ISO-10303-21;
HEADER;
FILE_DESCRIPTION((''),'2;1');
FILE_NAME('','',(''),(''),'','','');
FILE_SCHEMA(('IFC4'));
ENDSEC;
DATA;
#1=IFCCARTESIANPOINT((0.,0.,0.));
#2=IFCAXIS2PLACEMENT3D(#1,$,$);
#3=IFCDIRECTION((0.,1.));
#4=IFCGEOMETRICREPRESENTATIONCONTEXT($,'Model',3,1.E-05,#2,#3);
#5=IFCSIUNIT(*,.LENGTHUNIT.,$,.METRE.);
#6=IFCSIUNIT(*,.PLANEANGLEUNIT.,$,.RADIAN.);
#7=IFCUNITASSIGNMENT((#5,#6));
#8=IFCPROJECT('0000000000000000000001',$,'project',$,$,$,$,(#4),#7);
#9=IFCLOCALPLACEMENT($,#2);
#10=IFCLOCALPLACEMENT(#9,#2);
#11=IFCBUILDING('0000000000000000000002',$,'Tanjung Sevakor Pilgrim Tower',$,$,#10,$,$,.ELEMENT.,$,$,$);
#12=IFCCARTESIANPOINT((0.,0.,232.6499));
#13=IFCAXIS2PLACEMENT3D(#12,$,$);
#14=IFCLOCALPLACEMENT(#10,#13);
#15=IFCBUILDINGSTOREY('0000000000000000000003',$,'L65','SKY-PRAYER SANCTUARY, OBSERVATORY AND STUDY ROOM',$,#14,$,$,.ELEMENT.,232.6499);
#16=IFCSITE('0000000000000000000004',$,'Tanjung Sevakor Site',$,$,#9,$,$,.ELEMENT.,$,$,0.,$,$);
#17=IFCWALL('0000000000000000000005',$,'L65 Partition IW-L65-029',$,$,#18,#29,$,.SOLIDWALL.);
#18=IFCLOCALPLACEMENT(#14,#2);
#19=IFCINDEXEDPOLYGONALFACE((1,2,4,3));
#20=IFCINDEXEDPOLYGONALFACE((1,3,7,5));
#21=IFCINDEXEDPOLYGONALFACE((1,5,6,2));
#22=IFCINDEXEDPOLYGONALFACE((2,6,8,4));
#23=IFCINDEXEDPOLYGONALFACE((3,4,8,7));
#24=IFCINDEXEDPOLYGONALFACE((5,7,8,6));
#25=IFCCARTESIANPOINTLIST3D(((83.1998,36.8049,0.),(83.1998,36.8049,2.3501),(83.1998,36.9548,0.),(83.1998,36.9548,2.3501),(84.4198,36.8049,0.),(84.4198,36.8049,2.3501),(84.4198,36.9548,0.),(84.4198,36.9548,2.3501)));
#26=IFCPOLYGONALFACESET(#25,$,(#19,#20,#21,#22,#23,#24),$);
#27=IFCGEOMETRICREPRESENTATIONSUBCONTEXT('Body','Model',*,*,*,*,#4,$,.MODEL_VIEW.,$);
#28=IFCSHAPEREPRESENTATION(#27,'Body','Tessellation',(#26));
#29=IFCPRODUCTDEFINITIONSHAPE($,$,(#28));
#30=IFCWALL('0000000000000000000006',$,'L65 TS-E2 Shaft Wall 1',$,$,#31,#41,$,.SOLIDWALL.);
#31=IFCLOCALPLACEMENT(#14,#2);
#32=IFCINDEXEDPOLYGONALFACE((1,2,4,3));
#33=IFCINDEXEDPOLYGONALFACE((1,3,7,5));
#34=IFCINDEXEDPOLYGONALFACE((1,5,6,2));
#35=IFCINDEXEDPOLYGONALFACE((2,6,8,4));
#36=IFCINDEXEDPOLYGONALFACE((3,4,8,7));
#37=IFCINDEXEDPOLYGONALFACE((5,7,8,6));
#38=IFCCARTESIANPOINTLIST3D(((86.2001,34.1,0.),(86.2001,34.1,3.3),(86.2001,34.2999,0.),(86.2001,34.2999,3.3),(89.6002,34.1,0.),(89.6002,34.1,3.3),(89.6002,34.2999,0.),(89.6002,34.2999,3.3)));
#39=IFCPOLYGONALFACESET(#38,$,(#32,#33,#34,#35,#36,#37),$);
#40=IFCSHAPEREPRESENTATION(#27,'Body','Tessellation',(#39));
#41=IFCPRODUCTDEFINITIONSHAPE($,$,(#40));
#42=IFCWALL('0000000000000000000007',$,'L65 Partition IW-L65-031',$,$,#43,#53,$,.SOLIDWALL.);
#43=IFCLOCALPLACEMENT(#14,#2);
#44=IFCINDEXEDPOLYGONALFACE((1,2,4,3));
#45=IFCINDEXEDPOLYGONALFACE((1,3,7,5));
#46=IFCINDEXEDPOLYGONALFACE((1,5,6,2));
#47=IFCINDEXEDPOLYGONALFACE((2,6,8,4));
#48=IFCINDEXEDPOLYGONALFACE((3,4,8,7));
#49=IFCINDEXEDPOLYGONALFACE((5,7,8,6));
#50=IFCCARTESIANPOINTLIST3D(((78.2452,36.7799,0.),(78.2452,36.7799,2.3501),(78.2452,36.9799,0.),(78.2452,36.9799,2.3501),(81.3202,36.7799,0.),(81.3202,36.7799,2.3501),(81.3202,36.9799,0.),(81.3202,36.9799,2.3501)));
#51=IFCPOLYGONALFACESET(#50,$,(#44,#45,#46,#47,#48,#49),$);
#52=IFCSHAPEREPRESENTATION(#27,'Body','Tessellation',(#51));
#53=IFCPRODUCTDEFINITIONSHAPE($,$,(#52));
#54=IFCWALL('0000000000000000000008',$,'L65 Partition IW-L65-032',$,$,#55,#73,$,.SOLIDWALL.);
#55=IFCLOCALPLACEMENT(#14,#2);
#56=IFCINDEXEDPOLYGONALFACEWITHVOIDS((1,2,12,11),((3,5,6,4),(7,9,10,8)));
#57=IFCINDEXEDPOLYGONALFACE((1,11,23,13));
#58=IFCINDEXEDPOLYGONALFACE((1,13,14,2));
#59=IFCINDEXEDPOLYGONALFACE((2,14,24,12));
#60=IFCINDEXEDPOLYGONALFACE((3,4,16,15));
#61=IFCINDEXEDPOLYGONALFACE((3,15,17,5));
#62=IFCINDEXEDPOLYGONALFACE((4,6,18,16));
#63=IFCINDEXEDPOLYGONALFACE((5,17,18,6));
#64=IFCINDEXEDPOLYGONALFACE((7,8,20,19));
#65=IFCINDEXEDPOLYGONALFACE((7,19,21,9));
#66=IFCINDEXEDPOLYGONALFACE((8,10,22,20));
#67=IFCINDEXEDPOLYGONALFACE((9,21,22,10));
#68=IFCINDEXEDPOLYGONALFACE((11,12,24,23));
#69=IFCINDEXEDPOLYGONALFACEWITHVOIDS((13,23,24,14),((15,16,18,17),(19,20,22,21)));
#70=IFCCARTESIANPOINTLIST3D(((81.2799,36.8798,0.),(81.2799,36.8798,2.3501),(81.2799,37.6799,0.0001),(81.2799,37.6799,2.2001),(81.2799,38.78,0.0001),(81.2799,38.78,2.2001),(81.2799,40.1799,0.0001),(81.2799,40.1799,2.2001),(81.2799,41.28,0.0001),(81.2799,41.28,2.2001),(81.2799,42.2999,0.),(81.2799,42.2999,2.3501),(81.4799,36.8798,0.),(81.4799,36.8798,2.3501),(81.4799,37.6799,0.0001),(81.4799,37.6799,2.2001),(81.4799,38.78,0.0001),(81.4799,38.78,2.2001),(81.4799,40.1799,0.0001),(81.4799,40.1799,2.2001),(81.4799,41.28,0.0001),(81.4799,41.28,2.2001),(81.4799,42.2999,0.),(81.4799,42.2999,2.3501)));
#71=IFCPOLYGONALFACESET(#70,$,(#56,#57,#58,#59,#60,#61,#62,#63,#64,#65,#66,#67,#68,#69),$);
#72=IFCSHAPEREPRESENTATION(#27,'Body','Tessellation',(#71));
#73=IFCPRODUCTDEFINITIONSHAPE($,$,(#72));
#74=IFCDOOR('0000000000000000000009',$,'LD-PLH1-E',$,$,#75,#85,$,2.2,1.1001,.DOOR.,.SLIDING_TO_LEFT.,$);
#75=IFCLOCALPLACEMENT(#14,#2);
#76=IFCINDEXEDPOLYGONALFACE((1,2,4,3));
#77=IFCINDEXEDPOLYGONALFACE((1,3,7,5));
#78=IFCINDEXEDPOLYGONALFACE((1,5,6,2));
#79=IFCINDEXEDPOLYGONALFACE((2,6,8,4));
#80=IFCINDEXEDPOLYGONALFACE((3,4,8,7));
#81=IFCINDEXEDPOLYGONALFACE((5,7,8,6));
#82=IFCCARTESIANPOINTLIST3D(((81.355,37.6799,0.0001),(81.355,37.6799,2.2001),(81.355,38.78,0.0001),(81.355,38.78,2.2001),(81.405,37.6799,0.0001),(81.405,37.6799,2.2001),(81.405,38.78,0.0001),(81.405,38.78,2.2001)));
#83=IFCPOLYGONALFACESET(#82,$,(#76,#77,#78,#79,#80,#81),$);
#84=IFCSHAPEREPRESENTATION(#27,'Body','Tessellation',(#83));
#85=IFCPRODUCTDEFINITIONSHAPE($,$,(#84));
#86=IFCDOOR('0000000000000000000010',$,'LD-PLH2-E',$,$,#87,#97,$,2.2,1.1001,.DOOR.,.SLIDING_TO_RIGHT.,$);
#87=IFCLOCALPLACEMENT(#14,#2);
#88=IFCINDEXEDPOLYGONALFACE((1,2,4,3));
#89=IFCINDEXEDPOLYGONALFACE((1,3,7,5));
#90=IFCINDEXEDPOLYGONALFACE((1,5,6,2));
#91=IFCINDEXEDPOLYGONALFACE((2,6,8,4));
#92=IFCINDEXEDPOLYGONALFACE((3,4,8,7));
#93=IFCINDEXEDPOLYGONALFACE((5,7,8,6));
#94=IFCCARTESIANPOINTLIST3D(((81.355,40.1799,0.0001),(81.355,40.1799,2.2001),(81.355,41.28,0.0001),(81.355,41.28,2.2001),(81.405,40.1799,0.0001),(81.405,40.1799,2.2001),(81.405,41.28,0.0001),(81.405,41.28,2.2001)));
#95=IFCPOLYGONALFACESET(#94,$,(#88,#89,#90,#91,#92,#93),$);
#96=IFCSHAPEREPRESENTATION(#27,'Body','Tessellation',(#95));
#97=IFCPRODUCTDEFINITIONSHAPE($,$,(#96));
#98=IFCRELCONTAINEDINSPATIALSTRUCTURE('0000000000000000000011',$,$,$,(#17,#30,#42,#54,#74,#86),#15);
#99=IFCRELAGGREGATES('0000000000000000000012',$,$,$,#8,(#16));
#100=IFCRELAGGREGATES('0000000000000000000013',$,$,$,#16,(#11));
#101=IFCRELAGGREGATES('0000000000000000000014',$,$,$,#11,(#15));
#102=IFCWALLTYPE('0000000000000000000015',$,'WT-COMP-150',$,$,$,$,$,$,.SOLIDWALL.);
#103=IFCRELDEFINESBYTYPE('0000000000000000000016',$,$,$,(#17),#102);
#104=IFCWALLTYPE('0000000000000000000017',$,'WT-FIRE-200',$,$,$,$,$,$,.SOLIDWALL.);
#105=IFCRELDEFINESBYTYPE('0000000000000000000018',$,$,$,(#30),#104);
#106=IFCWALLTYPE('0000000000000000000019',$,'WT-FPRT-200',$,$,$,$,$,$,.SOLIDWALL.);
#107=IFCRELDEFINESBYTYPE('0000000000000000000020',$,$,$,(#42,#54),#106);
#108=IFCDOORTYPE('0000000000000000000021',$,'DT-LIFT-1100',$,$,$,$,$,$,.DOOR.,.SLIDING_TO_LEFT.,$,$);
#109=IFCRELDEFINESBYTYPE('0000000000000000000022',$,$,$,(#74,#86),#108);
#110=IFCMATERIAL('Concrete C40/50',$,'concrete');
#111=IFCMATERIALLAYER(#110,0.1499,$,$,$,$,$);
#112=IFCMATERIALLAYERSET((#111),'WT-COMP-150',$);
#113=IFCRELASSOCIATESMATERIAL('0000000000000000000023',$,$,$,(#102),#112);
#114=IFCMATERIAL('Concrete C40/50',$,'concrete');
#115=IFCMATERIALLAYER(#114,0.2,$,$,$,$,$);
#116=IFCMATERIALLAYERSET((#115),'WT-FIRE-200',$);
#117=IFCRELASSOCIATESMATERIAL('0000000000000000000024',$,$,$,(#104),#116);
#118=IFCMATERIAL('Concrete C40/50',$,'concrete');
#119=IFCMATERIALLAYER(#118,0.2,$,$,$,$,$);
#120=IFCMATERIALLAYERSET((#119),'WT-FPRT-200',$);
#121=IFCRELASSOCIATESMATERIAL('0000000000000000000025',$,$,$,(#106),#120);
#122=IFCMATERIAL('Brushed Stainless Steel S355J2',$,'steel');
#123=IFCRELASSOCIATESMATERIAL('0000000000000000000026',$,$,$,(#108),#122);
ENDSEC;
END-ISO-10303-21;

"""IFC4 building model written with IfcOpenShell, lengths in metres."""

from ifc_helpers import new_model, si_unit, direction, frame, frame_2d, origin, place, context, subcontext, project, spatial, rectangle, extrude, material, layer, layer_set, type_object, element, fill, save


model = new_model("IFC4")

# Units and contexts
model_context = context("Model", 3, precision=1e-05, world=origin(), true_north=direction((0.0, 1.0)))
body_context = subcontext(model_context, "Body", "Model", "MODEL_VIEW")
ifc_project = project(units=[si_unit("LENGTHUNIT", "METRE"), si_unit("PLANEANGLEUNIT", "RADIAN")], contexts=[model_context])

# Site, building, storey
site_placement = place(None, origin())
site = spatial("IfcSite", under=ifc_project, at=site_placement, Name="Tanjung Sevakor Site", CompositionType="ELEMENT", RefElevation=0.0)
building_placement = place(site_placement, origin())
building = spatial("IfcBuilding", under=site, at=building_placement, Name="Tanjung Sevakor Pilgrim Tower", CompositionType="ELEMENT")
storey_placement = place(building_placement, frame((0.0, 0.0, 232.6499)))
storey = spatial("IfcBuildingStorey", under=building, at=storey_placement, Name="L65", Description="SKY-PRAYER SANCTUARY, OBSERVATORY AND STUDY ROOM", CompositionType="ELEMENT", Elevation=232.6499)

# Shared definitions
ifc_material_1 = material(Name="Concrete C40/50", Category="concrete")
ifc_layer_1 = layer(ifc_material_1, 0.1499)
ifc_layer_set_1 = layer_set([ifc_layer_1], Name="WT-COMP-150")
wall_type_1 = type_object("IfcWallType", Name="WT-COMP-150", PredefinedType="SOLIDWALL", material=ifc_layer_set_1)

# Wall
wall_1_placement = place(storey_placement, frame((83.2, 36.8799, 0.0), z_axis=(0.0, 0.0, 1.0), x_axis=(1.0, 0.0, 0.0)))
element("IfcWall", 1, at=wall_1_placement, inside=storey, type_object=wall_type_1, Name="L65 Partition IW-L65-029", PredefinedType="SOLIDWALL", context=body_context, shape_type="SweptSolid", body=[
    extrude(rectangle(XDim=1.22, YDim=0.1499, at=frame_2d((0.6099, 0.0))), origin(), (0.0, 0.0, 1.0), 2.3501),
])

# Walls
ifc_material_2 = material(Name="Concrete C40/50", Category="concrete")
ifc_layer_2 = layer(ifc_material_2, 0.2)
ifc_layer_set_2 = layer_set([ifc_layer_2], Name="WT-FIRE-200")
wall_type_2 = type_object("IfcWallType", Name="WT-FIRE-200", PredefinedType="SOLIDWALL", material=ifc_layer_set_2)
wall_2_placement = place(storey_placement, frame((86.2, 34.2, 0.0), z_axis=(0.0, 0.0, 1.0), x_axis=(1.0, 0.0, 0.0)))
element("IfcWall", 2, at=wall_2_placement, inside=storey, type_object=wall_type_2, Name="L65 TS-E2 Shaft Wall 1", PredefinedType="SOLIDWALL", context=body_context, shape_type="SweptSolid", body=[
    extrude(rectangle(XDim=3.4001, YDim=0.2, at=frame_2d((1.7002, 0.0))), origin(), (0.0, 0.0, 1.0), 3.3),
])
ifc_material_3 = material(Name="Concrete C40/50", Category="concrete")
ifc_layer_3 = layer(ifc_material_3, 0.2)
ifc_layer_set_3 = layer_set([ifc_layer_3], Name="WT-FPRT-200")
wall_type_3 = type_object("IfcWallType", Name="WT-FPRT-200", PredefinedType="SOLIDWALL", material=ifc_layer_set_3)
wall_3_placement = place(storey_placement, frame((78.2451, 36.8799, 0.0), z_axis=(0.0, 0.0, 1.0), x_axis=(1.0, 0.0, 0.0)))
element("IfcWall", 3, at=wall_3_placement, inside=storey, type_object=wall_type_3, Name="L65 Partition IW-L65-031", PredefinedType="SOLIDWALL", context=body_context, shape_type="SweptSolid", body=[
    extrude(rectangle(XDim=3.075, YDim=0.2, at=frame_2d((1.5376, 0.0))), origin(), (0.0, 0.0, 1.0), 2.3501),
])

# Wall, openings, doors
wall_4_placement = place(storey_placement, frame((81.3799, 36.8799, 0.0), z_axis=(0.0, 0.0, 1.0), x_axis=(0.0, 1.0, 0.0)))
wall_4 = element("IfcWall", 4, at=wall_4_placement, inside=storey, type_object=wall_type_3, Name="L65 Partition IW-L65-032", PredefinedType="SOLIDWALL", context=body_context, shape_type="SweptSolid", body=[
    extrude(rectangle(XDim=5.4202, YDim=0.2, at=frame_2d((2.71, 0.0))), origin(), (0.0, 0.0, 1.0), 2.3501),
])
opening_1_placement = place(wall_4_placement, frame((0.8, 0.0, 0.0)))
opening_1 = element("IfcOpeningElement", 5, at=opening_1_placement, cuts=wall_4, PredefinedType="OPENING", context=body_context, shape_type="SweptSolid", body=[
    extrude(rectangle(XDim=1.1001, YDim=2.2, at=frame_2d((0.55, 1.1001))), frame((0.0, 0.1099, 0.0), z_axis=(0.0, -1.0, 0.0), x_axis=(1.0, 0.0, 0.0)), (0.0, 0.0, 1.0), 0.22),
])
opening_2_placement = place(wall_4_placement, frame((3.3, 0.0, 0.0)))
opening_2 = element("IfcOpeningElement", 6, at=opening_2_placement, cuts=wall_4, PredefinedType="OPENING", context=body_context, shape_type="SweptSolid", body=[
    extrude(rectangle(XDim=1.1001, YDim=2.2, at=frame_2d((0.55, 1.1001))), frame((0.0, 0.1099, 0.0), z_axis=(0.0, -1.0, 0.0), x_axis=(1.0, 0.0, 0.0)), (0.0, 0.0, 1.0), 0.22),
])
ifc_material_4 = material(Name="Brushed Stainless Steel S355J2", Category="steel")
door_type_1 = type_object("IfcDoorType", Name="DT-LIFT-1100", OperationType="SLIDING_TO_LEFT", PredefinedType="DOOR", material=ifc_material_4)
door_1_placement = place(opening_1_placement, origin())
door_1 = element("IfcDoor", 7, at=door_1_placement, inside=storey, type_object=door_type_1, Name="LD-PLH1-E", OperationType="SLIDING_TO_LEFT", OverallHeight=2.2, OverallWidth=1.1001, PredefinedType="DOOR", context=body_context, shape_type="SweptSolid", body=[
    extrude(rectangle(XDim=1.1001, YDim=2.2, at=frame_2d((0.55, 1.1001))), frame((0.0, 0.0249, 0.0), z_axis=(0.0, -1.0, 0.0), x_axis=(1.0, 0.0, 0.0)), (0.0, 0.0, 1.0), 0.05),
])
fill(opening_1, door_1)
door_2_placement = place(opening_2_placement, origin())
door_2 = element("IfcDoor", 8, at=door_2_placement, inside=storey, type_object=door_type_1, Name="LD-PLH2-E", OperationType="SLIDING_TO_RIGHT", OverallHeight=2.2, OverallWidth=1.1001, PredefinedType="DOOR", context=body_context, shape_type="SweptSolid", body=[
    extrude(rectangle(XDim=1.1001, YDim=2.2, at=frame_2d((0.55, 1.1001))), frame((0.0, 0.0249, 0.0), z_axis=(0.0, -1.0, 0.0), x_axis=(1.0, 0.0, 0.0)), (0.0, 0.0, 1.0), 0.05),
])
fill(opening_2, door_2)

save(model, "model.ifc")
